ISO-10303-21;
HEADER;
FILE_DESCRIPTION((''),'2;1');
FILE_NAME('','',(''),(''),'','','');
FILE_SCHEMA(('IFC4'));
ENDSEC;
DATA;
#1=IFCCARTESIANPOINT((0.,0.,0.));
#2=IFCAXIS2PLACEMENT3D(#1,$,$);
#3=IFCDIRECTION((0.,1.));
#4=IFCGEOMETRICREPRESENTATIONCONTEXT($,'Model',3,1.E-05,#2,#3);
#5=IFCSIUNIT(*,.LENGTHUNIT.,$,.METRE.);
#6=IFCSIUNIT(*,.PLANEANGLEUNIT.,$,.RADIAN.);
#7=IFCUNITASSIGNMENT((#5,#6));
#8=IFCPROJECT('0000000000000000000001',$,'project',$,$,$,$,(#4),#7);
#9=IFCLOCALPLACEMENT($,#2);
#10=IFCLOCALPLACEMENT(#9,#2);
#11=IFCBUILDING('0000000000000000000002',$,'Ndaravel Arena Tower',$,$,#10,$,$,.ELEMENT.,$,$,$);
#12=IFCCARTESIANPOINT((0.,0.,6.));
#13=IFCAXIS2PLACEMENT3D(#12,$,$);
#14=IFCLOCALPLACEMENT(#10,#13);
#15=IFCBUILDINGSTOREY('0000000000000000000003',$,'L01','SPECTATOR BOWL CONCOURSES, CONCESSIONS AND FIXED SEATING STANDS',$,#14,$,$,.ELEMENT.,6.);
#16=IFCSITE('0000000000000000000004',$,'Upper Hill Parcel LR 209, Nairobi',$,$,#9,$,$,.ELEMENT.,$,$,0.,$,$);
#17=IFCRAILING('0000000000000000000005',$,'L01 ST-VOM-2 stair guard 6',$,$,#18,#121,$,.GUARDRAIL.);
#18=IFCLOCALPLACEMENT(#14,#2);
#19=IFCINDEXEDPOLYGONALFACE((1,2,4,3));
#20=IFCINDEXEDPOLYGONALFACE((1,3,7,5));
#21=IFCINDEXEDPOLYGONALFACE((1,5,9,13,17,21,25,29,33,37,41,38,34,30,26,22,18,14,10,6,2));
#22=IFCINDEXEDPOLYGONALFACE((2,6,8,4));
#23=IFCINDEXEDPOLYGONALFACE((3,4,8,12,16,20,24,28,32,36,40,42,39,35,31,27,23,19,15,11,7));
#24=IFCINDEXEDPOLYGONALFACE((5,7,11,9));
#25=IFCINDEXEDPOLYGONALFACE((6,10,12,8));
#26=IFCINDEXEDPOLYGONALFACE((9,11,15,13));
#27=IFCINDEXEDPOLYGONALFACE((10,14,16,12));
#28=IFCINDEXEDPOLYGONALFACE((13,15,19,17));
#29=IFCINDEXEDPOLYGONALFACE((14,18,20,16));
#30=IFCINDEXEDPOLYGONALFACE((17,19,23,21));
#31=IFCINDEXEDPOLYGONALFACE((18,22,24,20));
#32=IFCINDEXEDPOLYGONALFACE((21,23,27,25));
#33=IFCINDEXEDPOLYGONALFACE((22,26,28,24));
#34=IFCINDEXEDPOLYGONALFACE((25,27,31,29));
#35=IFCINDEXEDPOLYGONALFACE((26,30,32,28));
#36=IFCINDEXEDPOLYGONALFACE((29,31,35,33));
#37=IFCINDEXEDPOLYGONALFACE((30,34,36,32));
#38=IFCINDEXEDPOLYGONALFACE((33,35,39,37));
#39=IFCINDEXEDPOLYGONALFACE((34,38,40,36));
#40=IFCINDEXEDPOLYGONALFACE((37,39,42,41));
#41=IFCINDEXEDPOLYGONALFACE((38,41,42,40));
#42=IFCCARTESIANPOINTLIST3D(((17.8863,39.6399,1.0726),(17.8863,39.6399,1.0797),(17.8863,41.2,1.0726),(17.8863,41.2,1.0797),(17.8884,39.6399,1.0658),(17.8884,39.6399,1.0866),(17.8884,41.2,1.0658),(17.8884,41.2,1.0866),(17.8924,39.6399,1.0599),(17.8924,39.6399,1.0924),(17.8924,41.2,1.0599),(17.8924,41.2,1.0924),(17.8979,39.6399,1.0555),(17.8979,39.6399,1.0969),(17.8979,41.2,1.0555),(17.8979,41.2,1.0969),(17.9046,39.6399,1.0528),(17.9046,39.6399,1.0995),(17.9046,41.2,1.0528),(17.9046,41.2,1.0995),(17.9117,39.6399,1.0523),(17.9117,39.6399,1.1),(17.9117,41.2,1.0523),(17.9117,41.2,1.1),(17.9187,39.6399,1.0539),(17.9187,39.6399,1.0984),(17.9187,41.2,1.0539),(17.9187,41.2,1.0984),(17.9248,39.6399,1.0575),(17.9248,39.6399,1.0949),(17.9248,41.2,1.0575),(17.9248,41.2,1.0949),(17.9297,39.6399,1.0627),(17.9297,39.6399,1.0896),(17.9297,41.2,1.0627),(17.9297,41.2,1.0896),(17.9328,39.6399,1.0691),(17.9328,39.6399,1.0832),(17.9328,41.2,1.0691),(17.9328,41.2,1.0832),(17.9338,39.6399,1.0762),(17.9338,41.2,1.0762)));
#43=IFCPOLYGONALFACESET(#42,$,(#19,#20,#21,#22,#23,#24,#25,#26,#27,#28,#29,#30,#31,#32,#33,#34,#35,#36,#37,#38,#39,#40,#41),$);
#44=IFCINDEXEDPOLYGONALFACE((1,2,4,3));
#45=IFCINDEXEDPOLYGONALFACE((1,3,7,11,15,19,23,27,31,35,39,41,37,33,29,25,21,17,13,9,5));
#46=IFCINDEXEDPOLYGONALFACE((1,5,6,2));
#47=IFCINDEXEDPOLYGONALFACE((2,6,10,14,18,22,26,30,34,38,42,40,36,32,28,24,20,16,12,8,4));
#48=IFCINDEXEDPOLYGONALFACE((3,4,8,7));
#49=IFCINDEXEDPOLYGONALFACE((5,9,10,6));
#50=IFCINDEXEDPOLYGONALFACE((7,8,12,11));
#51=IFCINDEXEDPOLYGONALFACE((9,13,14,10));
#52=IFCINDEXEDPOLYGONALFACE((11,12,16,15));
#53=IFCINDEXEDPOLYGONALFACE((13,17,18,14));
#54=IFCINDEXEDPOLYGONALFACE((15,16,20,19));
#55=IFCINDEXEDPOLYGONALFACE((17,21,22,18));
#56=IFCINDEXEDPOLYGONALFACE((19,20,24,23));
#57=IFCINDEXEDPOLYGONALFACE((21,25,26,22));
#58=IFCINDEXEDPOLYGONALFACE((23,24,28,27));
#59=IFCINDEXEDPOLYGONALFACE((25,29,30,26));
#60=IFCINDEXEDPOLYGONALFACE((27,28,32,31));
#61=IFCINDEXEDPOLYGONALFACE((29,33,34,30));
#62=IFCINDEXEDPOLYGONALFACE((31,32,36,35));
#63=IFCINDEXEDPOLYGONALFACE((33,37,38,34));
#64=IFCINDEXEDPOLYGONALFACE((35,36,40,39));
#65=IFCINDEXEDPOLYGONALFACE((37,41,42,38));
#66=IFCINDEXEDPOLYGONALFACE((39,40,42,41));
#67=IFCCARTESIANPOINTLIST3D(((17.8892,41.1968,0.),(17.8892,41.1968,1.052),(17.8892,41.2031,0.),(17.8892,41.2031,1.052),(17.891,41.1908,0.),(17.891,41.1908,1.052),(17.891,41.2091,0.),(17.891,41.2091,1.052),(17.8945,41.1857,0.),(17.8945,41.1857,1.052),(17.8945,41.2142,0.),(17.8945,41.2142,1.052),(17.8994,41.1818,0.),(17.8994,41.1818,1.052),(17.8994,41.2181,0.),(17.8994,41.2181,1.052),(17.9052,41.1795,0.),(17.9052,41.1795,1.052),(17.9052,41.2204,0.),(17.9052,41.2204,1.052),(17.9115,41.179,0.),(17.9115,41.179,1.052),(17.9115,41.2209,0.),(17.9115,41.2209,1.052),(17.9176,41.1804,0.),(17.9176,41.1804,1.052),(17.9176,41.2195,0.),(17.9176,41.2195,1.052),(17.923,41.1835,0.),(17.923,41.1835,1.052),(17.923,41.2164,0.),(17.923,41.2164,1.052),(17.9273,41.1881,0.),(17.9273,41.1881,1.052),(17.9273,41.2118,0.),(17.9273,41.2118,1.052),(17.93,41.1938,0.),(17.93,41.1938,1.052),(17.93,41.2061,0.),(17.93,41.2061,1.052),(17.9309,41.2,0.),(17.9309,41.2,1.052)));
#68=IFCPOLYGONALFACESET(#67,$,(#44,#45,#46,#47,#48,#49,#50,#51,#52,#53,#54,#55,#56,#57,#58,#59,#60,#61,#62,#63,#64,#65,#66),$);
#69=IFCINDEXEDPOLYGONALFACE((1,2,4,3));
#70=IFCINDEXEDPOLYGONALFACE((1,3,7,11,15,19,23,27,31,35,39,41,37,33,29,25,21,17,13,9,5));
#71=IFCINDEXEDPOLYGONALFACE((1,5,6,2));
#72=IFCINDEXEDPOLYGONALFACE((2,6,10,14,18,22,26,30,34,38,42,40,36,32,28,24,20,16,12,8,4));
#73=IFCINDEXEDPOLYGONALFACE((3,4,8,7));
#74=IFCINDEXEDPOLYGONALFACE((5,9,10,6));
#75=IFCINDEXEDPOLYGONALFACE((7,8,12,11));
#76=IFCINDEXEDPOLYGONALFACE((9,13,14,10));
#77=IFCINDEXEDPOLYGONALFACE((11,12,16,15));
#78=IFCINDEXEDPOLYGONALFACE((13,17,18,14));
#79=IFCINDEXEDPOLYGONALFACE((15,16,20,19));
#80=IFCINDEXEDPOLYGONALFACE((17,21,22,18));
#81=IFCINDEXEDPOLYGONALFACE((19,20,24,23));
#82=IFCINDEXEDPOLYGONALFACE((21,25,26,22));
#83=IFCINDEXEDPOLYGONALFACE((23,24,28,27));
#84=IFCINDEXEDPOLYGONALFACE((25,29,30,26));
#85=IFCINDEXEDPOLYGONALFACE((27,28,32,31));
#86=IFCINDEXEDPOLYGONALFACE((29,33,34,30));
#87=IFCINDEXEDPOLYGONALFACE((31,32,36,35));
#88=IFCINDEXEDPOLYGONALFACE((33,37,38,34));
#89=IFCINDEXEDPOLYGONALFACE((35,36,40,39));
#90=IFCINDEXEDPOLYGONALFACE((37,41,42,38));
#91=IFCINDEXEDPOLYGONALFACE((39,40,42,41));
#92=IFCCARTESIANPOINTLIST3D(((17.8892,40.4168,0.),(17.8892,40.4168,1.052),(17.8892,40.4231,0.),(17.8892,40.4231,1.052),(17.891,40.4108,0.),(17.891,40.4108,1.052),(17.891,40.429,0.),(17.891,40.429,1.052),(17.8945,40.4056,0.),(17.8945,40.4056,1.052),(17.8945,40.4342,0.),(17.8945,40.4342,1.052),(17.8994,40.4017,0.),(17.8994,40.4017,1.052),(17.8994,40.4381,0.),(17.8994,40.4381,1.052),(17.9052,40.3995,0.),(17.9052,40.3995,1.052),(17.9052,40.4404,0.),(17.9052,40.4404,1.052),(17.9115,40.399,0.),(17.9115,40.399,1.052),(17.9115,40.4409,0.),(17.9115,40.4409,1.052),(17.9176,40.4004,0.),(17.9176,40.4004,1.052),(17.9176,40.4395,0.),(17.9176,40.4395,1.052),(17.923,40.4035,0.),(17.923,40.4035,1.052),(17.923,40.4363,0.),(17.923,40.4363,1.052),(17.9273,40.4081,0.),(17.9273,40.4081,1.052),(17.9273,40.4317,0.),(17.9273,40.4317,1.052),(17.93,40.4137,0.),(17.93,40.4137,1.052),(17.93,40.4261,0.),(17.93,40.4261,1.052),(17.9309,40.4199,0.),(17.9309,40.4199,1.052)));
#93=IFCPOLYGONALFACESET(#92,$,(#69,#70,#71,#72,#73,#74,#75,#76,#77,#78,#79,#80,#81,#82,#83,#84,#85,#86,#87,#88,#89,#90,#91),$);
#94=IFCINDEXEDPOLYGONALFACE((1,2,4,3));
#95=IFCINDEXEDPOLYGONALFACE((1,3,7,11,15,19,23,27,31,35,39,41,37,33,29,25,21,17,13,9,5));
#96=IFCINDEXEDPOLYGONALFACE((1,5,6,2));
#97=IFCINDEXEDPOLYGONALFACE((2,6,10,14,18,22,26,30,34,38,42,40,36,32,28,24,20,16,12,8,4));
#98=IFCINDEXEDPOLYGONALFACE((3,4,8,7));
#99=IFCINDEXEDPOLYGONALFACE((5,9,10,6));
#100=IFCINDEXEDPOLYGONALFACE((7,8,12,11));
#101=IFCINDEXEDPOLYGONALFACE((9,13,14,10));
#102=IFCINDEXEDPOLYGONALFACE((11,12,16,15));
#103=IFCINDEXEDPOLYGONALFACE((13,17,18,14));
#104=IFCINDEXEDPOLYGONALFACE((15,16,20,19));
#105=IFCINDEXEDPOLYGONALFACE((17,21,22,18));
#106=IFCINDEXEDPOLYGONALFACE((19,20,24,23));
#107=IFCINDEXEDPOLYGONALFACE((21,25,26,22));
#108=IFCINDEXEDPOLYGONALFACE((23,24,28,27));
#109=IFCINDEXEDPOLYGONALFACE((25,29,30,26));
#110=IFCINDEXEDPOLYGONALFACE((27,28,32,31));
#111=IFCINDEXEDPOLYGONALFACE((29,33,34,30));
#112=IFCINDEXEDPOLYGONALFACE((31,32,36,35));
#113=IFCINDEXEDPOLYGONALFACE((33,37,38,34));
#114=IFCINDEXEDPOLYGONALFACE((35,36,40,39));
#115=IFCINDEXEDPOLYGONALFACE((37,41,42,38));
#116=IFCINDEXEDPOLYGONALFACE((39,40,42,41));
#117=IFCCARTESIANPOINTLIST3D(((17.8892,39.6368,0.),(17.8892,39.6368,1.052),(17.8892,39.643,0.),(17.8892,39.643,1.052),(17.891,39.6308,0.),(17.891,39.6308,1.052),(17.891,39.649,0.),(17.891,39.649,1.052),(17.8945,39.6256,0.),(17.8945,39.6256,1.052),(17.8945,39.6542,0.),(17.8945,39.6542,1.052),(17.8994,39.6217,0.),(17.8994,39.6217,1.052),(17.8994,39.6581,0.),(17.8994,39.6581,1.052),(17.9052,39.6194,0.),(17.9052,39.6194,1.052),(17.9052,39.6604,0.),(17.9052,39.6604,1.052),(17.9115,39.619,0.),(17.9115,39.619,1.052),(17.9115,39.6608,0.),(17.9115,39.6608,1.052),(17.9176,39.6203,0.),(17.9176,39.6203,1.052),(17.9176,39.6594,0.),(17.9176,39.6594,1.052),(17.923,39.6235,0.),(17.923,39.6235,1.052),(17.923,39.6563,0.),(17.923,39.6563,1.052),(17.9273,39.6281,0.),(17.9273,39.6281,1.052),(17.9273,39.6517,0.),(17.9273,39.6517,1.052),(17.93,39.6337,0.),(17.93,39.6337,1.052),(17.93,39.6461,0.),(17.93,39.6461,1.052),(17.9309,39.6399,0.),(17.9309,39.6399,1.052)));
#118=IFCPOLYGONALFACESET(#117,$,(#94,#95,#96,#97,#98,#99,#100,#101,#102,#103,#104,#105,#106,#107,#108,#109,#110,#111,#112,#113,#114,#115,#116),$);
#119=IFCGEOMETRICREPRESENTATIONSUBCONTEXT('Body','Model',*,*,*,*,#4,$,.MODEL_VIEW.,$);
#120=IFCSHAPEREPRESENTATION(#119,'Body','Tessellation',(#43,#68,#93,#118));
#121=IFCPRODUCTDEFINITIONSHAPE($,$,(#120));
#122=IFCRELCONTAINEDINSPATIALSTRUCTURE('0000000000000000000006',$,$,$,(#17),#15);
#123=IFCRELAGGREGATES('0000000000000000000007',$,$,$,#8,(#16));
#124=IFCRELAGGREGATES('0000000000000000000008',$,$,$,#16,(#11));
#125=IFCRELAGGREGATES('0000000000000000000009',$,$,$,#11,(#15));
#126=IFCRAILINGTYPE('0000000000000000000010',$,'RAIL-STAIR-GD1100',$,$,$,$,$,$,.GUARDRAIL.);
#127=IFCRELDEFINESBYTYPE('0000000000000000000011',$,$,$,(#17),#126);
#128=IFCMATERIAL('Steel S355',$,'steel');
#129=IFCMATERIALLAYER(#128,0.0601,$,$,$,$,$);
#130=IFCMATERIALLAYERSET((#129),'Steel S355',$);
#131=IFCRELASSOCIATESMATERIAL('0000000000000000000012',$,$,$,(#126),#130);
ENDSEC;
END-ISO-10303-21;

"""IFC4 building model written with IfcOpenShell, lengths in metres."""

from ifc_helpers import new_model, si_unit, direction, frame, origin, origin_2d, place, context, subcontext, project, spatial, circle, extrude, material, layer, layer_set, type_object, element, save


model = new_model("IFC4")

# Units and contexts
model_context = context("Model", 3, precision=1e-05, world=origin(), true_north=direction((0.0, 1.0)))
body_context = subcontext(model_context, "Body", "Model", "MODEL_VIEW")
ifc_project = project(units=[si_unit("LENGTHUNIT", "METRE"), si_unit("PLANEANGLEUNIT", "RADIAN")], contexts=[model_context])

# Site, building, storey
site_placement = place(None, origin())
site = spatial("IfcSite", under=ifc_project, at=site_placement, Name="Upper Hill Parcel LR 209, Nairobi", CompositionType="ELEMENT", RefElevation=0.0)
building_placement = place(site_placement, origin())
building = spatial("IfcBuilding", under=site, at=building_placement, Name="Ndaravel Arena Tower", CompositionType="ELEMENT")
storey_placement = place(building_placement, frame((0.0, 0.0, 6.0)))
storey = spatial("IfcBuildingStorey", under=building, at=storey_placement, Name="L01", Description="SPECTATOR BOWL CONCOURSES, CONCESSIONS AND FIXED SEATING STANDS", CompositionType="ELEMENT", Elevation=6.0)

# Railing
ifc_material_1 = material(Name="Steel S355", Category="steel")
ifc_layer_1 = layer(ifc_material_1, 0.0601)
ifc_layer_set_1 = layer_set([ifc_layer_1], Name="Steel S355")
railing_type_1 = type_object("IfcRailingType", Name="RAIL-STAIR-GD1100", PredefinedType="GUARDRAIL", material=ifc_layer_set_1)
for number, where, name in (
    (1, (17.9099, 41.2, 0.0), "L01 ST-VOM-2 stair guard 6"),
):
    element("IfcRailing", number, at=place(storey_placement, frame(where)), inside=storey, type_object=railing_type_1, Name=name, PredefinedType="GUARDRAIL", context=body_context, shape_type="SweptSolid", body=[
        extrude(circle(Radius=0.0239, at=origin_2d()), frame((0.0, 0.0, 1.0762), z_axis=(0.0, -1.0, 0.0), x_axis=(1.0, 0.0, 0.0)), (0.0, 0.0, 1.0), 1.5601),
        extrude(circle(Radius=0.021, at=origin_2d()), origin(), (0.0, 0.0, 1.0), 1.052),
        extrude(circle(Radius=0.021, at=origin_2d()), frame((0.0, -0.78, 0.0)), (0.0, 0.0, 1.0), 1.052),
        extrude(circle(Radius=0.021, at=origin_2d()), frame((0.0, -1.5601, 0.0)), (0.0, 0.0, 1.0), 1.052),
    ])

save(model, "model.ifc")
